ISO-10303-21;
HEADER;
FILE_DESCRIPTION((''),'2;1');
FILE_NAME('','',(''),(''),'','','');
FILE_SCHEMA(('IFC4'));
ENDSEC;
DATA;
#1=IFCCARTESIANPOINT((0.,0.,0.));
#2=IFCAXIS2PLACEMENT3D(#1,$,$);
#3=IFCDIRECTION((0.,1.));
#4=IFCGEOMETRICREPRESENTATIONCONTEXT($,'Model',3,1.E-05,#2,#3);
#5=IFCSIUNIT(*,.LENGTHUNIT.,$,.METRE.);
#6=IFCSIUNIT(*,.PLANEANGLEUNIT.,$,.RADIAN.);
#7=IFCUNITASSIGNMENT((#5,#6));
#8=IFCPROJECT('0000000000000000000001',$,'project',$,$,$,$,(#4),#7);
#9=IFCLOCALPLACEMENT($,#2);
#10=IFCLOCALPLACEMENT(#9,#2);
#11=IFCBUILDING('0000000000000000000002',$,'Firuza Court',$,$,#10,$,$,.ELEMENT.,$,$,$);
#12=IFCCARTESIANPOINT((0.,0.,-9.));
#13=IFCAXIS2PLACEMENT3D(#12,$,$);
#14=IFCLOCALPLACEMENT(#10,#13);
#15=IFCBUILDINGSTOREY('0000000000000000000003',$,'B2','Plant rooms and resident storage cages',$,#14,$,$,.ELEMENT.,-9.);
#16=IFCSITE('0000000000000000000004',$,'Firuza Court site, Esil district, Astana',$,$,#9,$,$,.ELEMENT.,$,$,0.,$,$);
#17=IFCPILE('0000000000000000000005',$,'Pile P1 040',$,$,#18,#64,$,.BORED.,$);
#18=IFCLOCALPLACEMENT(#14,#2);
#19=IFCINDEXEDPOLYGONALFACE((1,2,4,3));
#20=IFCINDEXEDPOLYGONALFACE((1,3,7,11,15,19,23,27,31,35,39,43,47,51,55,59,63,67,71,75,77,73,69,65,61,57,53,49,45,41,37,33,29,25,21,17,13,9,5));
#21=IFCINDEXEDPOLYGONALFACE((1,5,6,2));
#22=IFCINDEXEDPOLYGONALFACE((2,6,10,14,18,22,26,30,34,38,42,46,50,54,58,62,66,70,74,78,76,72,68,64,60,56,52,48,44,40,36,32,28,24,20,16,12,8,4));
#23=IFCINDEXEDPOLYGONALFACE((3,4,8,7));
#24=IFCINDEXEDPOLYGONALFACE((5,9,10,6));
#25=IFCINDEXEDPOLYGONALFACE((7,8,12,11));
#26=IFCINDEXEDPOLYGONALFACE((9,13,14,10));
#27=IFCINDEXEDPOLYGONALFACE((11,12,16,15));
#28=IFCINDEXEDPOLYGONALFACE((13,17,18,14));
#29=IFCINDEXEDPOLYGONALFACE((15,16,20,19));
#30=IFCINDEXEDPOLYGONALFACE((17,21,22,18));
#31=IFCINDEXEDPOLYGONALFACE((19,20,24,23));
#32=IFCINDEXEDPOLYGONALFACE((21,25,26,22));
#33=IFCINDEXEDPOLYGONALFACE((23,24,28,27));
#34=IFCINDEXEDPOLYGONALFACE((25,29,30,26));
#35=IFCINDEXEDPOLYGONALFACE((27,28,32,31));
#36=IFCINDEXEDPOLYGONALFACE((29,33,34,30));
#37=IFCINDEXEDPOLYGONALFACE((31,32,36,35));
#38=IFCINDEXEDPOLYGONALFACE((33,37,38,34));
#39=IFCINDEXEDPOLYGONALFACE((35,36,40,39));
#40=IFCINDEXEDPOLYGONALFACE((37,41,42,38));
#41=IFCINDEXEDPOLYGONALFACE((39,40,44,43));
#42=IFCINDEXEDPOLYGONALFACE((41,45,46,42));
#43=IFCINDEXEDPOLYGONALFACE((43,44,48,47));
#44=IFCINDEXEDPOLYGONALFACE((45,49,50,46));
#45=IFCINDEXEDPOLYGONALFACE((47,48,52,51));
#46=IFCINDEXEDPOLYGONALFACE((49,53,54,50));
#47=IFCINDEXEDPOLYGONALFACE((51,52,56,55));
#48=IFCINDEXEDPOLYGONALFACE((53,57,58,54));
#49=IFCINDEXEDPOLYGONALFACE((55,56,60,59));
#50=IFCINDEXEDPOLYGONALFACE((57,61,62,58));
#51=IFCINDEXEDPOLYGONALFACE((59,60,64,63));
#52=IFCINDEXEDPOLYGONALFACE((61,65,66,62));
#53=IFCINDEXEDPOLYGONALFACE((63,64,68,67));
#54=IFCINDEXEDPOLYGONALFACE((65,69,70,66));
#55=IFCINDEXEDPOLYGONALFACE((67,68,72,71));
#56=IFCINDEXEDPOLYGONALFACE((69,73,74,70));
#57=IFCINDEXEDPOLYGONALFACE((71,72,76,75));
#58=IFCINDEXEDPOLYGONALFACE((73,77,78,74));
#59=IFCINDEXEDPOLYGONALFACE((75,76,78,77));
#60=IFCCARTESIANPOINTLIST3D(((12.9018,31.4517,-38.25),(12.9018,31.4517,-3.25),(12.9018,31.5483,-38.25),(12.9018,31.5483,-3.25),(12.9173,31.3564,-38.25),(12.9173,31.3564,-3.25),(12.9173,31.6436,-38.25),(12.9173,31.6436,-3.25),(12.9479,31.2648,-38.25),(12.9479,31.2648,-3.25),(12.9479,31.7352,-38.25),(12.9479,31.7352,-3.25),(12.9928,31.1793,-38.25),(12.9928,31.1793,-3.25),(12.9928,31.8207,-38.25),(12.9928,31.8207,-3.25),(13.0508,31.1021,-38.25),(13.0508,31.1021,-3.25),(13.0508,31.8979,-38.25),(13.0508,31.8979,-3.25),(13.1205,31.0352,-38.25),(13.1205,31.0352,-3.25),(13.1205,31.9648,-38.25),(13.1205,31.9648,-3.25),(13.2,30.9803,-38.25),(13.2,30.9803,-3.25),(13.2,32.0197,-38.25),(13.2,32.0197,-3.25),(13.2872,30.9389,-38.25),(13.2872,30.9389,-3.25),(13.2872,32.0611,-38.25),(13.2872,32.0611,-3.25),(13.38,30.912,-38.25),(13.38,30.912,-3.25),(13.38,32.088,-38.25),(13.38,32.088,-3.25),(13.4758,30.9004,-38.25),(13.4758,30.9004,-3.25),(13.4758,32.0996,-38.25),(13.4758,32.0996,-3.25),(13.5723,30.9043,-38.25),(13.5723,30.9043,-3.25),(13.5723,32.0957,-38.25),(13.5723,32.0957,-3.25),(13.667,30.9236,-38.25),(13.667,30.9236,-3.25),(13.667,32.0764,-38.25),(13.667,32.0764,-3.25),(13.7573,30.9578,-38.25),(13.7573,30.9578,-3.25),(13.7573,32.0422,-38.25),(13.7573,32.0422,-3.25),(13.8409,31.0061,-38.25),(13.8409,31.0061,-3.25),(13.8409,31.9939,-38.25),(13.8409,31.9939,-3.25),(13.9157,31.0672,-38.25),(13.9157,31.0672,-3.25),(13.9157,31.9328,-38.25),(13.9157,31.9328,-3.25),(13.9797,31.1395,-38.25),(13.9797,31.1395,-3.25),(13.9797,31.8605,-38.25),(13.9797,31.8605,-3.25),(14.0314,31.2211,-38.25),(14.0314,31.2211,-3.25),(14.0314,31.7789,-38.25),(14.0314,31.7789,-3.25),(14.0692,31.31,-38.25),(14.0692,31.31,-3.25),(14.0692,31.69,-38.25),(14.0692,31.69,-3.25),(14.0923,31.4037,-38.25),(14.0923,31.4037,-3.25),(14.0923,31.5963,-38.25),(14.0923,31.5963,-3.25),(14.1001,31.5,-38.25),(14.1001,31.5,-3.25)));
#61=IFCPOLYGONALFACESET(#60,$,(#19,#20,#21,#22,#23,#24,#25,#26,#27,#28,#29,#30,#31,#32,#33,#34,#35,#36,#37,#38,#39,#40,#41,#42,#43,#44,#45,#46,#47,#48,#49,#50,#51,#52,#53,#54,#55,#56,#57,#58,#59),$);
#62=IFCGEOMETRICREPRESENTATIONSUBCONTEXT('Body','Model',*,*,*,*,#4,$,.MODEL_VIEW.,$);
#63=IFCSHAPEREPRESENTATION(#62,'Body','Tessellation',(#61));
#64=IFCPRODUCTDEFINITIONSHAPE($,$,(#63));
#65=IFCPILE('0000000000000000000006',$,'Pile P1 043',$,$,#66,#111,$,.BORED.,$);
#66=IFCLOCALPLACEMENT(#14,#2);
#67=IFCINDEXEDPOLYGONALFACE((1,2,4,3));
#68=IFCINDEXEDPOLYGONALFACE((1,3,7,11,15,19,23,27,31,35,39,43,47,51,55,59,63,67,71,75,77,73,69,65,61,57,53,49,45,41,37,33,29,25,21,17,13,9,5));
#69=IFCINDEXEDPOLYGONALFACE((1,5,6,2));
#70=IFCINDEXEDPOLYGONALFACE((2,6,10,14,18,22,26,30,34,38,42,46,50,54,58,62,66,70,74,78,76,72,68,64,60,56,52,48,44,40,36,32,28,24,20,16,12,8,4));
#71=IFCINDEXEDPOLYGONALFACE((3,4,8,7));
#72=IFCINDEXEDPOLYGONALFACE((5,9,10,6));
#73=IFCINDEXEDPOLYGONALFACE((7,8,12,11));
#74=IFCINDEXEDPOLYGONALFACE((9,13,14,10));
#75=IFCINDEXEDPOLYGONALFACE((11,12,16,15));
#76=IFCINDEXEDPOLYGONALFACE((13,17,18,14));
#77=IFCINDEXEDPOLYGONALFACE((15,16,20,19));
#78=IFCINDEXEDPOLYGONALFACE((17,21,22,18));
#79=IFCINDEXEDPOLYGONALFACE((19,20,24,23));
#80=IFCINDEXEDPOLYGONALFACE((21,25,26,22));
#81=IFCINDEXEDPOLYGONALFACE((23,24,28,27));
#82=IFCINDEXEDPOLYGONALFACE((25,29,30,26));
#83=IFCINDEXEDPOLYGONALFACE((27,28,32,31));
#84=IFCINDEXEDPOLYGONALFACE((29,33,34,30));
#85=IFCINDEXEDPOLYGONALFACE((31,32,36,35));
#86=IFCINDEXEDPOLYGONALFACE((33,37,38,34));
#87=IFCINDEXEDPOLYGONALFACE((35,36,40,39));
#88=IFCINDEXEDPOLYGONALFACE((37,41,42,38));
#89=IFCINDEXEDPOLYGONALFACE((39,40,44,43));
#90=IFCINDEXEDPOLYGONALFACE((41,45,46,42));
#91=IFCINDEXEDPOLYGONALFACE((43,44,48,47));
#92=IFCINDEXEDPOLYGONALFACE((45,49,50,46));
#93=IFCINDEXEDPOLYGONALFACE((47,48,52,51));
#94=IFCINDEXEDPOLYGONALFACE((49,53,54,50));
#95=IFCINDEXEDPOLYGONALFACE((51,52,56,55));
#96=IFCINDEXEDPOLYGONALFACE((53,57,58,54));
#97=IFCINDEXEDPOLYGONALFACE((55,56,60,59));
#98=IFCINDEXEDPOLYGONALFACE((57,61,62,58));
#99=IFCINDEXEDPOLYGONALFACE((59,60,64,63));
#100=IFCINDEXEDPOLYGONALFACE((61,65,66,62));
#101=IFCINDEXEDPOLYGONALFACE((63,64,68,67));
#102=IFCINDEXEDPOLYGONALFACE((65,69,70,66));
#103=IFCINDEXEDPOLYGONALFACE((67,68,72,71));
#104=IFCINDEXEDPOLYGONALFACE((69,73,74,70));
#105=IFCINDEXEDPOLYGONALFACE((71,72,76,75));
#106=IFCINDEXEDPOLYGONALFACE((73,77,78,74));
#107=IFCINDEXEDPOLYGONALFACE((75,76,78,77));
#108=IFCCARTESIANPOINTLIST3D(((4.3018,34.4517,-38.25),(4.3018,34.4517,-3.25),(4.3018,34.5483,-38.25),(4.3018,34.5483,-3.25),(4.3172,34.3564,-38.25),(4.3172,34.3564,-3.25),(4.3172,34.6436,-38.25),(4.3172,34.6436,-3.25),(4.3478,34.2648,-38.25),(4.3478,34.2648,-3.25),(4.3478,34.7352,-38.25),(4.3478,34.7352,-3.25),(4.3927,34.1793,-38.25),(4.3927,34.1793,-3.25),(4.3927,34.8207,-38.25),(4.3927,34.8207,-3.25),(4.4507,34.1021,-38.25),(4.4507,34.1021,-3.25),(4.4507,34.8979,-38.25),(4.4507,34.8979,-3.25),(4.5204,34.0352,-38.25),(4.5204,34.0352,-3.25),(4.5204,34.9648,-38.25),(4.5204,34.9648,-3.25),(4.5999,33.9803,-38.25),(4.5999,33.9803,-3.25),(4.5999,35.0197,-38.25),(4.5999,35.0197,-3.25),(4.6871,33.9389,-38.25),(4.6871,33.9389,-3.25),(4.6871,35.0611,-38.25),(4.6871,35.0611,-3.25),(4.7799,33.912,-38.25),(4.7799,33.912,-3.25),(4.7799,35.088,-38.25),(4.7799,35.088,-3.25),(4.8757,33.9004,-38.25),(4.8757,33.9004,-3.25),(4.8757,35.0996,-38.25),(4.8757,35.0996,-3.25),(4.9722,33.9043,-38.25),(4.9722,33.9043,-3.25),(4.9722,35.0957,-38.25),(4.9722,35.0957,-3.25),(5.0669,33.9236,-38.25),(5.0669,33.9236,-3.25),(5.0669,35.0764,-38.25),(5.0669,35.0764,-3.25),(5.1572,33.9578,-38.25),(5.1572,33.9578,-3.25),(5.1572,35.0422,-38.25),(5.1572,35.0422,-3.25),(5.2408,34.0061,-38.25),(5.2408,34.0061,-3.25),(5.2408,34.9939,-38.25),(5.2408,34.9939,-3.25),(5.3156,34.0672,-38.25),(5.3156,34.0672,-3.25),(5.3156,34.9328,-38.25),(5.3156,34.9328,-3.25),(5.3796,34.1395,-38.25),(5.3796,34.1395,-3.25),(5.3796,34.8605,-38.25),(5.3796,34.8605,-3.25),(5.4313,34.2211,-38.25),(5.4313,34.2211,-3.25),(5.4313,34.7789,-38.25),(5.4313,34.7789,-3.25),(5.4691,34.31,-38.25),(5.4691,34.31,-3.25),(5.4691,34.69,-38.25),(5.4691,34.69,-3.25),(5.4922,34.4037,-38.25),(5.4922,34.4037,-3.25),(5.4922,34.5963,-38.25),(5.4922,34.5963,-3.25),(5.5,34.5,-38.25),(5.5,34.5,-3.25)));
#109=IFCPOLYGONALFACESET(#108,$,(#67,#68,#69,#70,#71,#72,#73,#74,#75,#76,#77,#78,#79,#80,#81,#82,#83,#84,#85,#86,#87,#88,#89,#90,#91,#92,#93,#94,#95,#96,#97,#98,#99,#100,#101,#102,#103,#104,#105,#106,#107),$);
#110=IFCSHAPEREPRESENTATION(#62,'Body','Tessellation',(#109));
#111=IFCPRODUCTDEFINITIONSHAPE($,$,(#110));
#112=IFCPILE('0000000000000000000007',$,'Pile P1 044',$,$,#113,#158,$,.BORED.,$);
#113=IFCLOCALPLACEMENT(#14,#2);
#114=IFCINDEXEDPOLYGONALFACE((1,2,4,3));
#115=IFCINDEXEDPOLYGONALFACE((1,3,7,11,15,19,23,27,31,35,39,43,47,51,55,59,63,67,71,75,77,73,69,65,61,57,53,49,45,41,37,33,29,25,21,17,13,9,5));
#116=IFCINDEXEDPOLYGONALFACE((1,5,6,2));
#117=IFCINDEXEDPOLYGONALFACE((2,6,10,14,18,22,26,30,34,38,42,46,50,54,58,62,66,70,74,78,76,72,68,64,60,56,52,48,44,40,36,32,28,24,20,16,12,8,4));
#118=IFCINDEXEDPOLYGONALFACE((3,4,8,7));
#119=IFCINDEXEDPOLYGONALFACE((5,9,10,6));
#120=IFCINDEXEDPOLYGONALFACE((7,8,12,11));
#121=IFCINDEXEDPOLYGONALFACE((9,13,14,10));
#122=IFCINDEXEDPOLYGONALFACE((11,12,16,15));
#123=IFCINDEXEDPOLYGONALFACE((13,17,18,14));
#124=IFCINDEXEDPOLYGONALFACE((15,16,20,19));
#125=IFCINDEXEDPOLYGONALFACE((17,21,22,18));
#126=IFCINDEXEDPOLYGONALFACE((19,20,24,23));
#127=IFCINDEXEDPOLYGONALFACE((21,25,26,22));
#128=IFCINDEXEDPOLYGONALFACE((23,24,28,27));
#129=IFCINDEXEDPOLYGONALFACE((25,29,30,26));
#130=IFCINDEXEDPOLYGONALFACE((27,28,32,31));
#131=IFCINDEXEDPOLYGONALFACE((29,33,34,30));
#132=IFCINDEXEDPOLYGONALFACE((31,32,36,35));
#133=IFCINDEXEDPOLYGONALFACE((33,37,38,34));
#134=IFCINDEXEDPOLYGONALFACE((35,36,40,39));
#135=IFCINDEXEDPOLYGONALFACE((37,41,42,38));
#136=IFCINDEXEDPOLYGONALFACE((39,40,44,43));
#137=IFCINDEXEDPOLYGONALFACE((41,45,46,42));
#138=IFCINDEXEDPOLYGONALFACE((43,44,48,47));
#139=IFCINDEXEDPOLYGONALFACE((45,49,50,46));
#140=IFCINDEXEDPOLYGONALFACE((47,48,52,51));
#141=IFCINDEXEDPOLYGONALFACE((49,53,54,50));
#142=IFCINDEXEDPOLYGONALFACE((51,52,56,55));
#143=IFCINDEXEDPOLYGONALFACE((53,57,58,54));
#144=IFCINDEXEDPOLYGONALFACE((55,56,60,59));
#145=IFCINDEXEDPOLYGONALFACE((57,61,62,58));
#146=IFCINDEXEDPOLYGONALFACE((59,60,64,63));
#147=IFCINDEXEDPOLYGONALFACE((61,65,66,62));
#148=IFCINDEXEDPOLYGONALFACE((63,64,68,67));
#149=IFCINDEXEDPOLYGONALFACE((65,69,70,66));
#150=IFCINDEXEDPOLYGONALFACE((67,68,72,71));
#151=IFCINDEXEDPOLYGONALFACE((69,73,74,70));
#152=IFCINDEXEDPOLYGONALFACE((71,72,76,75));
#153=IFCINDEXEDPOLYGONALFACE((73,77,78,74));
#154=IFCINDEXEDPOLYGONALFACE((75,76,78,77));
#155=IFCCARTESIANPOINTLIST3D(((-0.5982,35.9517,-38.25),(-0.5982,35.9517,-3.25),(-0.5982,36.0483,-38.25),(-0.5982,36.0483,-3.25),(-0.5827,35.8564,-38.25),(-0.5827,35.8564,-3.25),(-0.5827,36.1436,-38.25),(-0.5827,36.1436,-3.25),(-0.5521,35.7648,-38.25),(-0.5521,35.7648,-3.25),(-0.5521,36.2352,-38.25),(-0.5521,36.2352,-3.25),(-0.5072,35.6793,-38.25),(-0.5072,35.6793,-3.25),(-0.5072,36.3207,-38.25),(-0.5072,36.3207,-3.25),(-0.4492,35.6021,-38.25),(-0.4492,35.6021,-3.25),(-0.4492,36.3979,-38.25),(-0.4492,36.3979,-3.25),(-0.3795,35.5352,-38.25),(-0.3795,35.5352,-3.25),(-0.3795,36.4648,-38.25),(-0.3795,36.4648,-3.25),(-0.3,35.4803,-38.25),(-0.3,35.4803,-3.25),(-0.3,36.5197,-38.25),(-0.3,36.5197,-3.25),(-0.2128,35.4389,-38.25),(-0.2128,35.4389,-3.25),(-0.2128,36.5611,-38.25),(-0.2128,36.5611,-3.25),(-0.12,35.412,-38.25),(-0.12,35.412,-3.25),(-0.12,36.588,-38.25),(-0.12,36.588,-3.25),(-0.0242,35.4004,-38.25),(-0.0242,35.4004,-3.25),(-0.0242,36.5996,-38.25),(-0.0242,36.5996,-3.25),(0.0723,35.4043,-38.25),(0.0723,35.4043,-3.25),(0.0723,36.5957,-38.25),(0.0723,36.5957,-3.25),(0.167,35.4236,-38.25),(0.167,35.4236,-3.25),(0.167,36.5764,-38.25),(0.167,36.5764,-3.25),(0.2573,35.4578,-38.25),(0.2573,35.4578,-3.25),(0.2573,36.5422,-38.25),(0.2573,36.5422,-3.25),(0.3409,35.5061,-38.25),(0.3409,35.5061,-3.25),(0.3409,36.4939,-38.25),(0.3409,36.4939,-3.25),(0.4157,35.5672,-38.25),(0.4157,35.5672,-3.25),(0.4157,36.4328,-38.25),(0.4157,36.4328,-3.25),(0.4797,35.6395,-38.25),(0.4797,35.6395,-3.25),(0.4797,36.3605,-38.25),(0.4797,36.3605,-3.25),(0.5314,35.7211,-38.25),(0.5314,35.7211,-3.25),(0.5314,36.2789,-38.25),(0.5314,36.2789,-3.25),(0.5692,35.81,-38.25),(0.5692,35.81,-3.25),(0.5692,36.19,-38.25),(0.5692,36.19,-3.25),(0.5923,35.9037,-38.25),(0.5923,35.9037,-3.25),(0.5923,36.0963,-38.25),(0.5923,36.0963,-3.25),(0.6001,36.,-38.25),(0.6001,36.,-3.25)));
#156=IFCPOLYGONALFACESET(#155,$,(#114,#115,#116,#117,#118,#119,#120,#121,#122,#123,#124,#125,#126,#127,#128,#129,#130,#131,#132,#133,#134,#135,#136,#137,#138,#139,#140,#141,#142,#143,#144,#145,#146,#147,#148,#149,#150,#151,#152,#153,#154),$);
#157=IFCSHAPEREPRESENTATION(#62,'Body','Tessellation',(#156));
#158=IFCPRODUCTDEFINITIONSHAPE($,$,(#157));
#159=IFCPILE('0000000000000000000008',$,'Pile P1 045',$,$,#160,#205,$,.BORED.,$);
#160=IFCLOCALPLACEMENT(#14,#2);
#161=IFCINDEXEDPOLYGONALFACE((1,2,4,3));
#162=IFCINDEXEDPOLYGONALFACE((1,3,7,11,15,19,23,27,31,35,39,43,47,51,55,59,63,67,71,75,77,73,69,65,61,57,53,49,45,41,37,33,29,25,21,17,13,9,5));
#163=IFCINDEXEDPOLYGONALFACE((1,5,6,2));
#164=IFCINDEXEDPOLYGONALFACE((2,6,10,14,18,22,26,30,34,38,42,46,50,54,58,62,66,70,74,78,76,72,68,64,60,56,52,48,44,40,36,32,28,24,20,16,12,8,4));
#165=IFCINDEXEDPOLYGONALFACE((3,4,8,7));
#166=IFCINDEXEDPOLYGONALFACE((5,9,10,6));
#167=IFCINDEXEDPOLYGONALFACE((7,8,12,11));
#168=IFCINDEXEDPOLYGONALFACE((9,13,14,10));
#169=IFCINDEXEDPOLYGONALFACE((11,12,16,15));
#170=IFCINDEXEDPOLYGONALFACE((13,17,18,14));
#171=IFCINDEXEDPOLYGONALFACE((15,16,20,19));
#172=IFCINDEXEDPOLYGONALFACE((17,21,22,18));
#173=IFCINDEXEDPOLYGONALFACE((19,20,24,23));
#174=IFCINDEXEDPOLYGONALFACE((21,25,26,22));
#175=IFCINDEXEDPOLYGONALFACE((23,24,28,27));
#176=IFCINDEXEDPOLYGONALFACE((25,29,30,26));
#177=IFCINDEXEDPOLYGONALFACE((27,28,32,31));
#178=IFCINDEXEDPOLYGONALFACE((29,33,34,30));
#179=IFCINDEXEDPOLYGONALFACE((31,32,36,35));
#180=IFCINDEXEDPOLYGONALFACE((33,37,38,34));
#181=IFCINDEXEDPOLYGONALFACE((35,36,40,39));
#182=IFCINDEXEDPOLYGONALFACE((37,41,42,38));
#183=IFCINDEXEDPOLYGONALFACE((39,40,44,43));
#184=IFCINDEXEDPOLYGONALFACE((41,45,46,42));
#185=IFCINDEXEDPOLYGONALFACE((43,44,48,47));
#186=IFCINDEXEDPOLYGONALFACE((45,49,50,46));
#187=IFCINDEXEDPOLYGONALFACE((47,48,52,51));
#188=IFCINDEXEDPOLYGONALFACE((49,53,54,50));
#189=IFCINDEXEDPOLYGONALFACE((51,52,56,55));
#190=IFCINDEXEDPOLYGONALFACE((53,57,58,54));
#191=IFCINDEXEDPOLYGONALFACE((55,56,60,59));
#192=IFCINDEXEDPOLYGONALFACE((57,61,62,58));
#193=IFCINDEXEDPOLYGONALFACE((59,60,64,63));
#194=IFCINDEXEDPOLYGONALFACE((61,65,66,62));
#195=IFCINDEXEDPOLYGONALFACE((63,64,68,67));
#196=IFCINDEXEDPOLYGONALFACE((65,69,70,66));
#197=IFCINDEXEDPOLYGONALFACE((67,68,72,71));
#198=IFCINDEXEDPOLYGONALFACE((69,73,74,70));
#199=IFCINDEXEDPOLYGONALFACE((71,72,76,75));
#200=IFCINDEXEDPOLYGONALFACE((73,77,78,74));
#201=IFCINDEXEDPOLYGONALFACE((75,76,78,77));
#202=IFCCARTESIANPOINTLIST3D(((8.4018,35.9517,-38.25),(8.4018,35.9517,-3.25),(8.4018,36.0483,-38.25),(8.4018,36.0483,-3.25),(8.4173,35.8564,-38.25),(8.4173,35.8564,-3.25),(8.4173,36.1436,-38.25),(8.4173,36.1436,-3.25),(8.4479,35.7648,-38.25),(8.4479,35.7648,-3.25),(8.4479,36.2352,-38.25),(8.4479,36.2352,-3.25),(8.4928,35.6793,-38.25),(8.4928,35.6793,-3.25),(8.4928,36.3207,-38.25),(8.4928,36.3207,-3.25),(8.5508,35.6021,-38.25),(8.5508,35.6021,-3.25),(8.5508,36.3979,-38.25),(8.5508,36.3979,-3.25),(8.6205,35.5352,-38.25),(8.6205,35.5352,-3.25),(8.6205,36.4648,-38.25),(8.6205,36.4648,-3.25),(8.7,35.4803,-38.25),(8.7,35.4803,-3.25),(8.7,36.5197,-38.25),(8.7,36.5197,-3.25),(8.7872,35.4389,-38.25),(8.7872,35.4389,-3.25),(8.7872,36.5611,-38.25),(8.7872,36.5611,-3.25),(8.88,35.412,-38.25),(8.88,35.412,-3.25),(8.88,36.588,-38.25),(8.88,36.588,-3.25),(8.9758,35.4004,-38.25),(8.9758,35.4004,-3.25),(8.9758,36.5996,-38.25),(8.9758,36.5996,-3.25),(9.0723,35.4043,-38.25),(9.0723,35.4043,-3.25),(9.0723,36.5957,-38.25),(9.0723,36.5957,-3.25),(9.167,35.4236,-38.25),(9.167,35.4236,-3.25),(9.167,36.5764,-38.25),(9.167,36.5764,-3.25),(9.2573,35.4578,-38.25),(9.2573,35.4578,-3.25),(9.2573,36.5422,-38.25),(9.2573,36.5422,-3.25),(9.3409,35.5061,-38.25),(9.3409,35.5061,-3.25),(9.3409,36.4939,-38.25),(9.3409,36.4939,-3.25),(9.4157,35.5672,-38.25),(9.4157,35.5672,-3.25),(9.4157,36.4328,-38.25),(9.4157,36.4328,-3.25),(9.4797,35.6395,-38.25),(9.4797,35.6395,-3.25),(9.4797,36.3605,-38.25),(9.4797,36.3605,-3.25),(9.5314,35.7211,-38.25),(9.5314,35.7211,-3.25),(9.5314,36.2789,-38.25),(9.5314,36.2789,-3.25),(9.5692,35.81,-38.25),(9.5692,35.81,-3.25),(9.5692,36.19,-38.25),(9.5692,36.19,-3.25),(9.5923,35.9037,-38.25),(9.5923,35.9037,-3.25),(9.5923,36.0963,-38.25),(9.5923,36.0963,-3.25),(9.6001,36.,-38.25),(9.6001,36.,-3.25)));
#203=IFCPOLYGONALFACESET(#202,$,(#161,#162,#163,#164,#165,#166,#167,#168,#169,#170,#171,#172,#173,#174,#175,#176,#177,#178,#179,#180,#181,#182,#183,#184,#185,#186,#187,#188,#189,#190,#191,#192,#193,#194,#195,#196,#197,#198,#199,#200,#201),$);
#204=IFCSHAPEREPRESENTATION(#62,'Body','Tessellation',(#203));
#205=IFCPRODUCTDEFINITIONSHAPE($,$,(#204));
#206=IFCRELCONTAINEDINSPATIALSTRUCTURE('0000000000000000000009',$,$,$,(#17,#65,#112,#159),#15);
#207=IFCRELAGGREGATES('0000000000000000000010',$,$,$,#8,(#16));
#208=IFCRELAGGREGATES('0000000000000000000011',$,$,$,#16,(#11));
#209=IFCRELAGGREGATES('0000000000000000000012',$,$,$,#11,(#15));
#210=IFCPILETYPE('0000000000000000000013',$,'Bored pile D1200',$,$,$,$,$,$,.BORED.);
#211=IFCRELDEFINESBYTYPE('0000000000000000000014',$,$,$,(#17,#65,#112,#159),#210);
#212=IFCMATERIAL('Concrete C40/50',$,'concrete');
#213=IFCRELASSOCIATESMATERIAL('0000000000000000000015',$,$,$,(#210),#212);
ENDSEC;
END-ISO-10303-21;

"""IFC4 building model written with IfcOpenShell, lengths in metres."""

from ifc_helpers import new_model, si_unit, direction, frame, origin, origin_2d, place, context, subcontext, project, spatial, circle, extrude, material, material_profile, profile_set, type_object, element, save


model = new_model("IFC4")

# Units and contexts
model_context = context("Model", 3, precision=1e-05, world=origin(), true_north=direction((0.0, 1.0)))
body_context = subcontext(model_context, "Body", "Model", "MODEL_VIEW")
ifc_project = project(units=[si_unit("LENGTHUNIT", "METRE"), si_unit("PLANEANGLEUNIT", "RADIAN")], contexts=[model_context])

# Site, building, storey
site_placement = place(None, origin())
site = spatial("IfcSite", under=ifc_project, at=site_placement, Name="Firuza Court site, Esil district, Astana", CompositionType="ELEMENT", RefElevation=0.0)
building_placement = place(site_placement, origin())
building = spatial("IfcBuilding", under=site, at=building_placement, Name="Firuza Court", CompositionType="ELEMENT")
storey_placement = place(building_placement, frame((0.0, 0.0, -9.0)))
storey = spatial("IfcBuildingStorey", under=building, at=storey_placement, Name="B2", Description="Plant rooms and resident storage cages", CompositionType="ELEMENT", Elevation=-9.0)

# Piles
ifc_material_1 = material(Name="Concrete C40/50", Category="concrete")
ifc_material_profile_1 = material_profile(ifc_material_1, circle(Radius=0.6001, at=origin_2d()), Name="Pile D1200")
ifc_profile_set_1 = profile_set([ifc_material_profile_1], Name="Concrete C40/50")
pile_type = type_object("IfcPileType", Name="Bored pile D1200", PredefinedType="BORED", material=ifc_profile_set_1)
for number, where, z_axis, x_axis, name in (
    (1, (13.5, 31.5, -3.25), (0.0, 0.0, -1.0), (1.0, 0.0, 0.0), "Pile P1 040"),
    (2, (4.8999, 34.5, -3.25), (0.0, 0.0, -1.0), (1.0, 0.0, 0.0), "Pile P1 043"),
    (3, (0.0, 36.0, -3.25), (0.0, 0.0, -1.0), (1.0, 0.0, 0.0), "Pile P1 044"),
    (4, (9.0, 36.0, -3.25), (0.0, 0.0, -1.0), (1.0, 0.0, 0.0), "Pile P1 045"),
):
    element("IfcPile", number, at=place(storey_placement, frame(where, z_axis=z_axis, x_axis=x_axis)), inside=storey, type_object=pile_type, Name=name, PredefinedType="BORED", context=body_context, shape_type="SweptSolid", body=[
        extrude(circle(Radius=0.6001, at=origin_2d()), origin(), (0.0, 0.0, 1.0), 35.0),
    ])

save(model, "model.ifc")
